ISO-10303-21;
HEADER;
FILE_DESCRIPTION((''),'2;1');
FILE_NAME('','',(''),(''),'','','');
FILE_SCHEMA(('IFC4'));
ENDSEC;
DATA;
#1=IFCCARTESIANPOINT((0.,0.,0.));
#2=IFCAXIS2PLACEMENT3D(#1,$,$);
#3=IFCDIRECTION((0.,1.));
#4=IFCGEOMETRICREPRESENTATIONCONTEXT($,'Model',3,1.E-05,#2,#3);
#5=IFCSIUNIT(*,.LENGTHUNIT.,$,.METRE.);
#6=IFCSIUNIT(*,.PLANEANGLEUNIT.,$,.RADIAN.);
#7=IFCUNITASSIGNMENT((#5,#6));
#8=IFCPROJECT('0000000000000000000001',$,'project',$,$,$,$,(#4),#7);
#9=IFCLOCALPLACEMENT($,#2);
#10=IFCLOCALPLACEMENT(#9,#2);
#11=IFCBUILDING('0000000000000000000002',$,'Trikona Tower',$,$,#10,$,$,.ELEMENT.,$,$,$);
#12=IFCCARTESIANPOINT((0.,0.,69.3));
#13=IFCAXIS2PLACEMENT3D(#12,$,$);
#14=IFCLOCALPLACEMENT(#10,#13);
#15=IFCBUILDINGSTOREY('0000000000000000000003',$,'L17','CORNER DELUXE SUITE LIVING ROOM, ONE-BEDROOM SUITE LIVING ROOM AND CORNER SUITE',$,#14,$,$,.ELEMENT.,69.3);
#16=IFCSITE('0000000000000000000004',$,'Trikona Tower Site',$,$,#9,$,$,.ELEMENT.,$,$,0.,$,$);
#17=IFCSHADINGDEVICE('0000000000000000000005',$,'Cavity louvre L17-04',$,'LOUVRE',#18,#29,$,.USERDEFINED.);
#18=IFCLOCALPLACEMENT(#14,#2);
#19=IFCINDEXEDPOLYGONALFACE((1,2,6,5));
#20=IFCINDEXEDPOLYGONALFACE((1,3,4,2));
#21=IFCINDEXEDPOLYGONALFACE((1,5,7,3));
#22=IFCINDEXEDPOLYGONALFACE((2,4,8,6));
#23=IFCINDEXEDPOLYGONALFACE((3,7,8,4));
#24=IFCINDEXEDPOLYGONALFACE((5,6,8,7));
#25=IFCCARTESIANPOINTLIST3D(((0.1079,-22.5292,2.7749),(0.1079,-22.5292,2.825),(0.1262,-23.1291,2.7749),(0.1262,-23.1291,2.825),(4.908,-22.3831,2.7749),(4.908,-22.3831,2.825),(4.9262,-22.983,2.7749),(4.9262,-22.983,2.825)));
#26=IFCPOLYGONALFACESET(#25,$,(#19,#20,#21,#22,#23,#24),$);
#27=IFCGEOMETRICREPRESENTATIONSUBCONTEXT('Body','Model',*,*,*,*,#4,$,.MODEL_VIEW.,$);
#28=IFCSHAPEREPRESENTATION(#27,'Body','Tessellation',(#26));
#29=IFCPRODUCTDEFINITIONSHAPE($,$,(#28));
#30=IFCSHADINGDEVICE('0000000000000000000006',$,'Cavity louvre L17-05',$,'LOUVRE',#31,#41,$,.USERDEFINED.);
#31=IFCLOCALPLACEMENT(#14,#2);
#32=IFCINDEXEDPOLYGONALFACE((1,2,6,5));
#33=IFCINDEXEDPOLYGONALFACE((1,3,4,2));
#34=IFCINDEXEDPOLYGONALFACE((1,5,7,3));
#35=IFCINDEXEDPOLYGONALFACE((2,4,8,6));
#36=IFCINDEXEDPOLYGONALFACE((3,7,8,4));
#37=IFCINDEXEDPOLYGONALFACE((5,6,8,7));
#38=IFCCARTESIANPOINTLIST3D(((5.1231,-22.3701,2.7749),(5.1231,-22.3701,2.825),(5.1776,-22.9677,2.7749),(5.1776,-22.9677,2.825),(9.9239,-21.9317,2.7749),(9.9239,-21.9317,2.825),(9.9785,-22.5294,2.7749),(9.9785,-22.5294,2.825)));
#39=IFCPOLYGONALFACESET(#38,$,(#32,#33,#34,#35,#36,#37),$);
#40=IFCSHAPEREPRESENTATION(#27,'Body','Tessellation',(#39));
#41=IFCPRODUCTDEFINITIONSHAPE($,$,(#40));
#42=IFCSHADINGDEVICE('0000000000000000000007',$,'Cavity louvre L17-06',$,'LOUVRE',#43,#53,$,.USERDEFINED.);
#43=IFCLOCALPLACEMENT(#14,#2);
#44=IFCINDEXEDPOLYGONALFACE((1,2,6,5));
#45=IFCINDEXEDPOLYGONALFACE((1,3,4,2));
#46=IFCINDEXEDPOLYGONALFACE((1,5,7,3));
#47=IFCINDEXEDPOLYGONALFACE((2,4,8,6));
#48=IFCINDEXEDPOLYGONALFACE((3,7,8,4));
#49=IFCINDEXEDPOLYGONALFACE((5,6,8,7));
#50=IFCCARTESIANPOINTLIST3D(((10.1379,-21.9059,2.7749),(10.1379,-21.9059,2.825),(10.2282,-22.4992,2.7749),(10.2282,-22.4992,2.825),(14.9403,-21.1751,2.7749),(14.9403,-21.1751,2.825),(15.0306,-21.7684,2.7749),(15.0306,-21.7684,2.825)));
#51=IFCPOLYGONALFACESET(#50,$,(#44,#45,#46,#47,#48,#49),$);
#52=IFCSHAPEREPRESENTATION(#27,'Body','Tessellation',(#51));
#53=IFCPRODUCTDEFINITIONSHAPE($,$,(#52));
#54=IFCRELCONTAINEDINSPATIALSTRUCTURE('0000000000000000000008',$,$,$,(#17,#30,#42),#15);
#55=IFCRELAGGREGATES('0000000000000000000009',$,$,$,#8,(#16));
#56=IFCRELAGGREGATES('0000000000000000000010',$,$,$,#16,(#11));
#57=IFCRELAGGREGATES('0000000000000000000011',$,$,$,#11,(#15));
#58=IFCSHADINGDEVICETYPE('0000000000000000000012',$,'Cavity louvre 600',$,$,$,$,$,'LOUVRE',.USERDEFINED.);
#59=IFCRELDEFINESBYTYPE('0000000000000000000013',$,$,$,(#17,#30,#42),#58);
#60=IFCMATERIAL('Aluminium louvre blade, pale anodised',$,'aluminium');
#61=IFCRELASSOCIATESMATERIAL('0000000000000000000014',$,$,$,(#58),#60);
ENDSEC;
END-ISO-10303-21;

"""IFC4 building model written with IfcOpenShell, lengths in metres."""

from ifc_helpers import new_model, si_unit, direction, frame, origin, origin_2d, place, context, subcontext, project, spatial, rectangle, extrude, material, type_object, element, save


model = new_model("IFC4")

# Units and contexts
model_context = context("Model", 3, precision=1e-05, world=origin(), true_north=direction((0.0, 1.0)))
body_context = subcontext(model_context, "Body", "Model", "MODEL_VIEW")
ifc_project = project(units=[si_unit("LENGTHUNIT", "METRE"), si_unit("PLANEANGLEUNIT", "RADIAN")], contexts=[model_context])

# Site, building, storey
site_placement = place(None, origin())
site = spatial("IfcSite", under=ifc_project, at=site_placement, Name="Trikona Tower Site", CompositionType="ELEMENT", RefElevation=0.0)
building_placement = place(site_placement, origin())
building = spatial("IfcBuilding", under=site, at=building_placement, Name="Trikona Tower", CompositionType="ELEMENT")
storey_placement = place(building_placement, frame((0.0, 0.0, 69.3)))
storey = spatial("IfcBuildingStorey", under=building, at=storey_placement, Name="L17", Description="CORNER DELUXE SUITE LIVING ROOM, ONE-BEDROOM SUITE LIVING ROOM AND CORNER SUITE", CompositionType="ELEMENT", Elevation=69.3)

# Shading devices
ifc_material_1 = material(Name="Aluminium louvre blade, pale anodised", Category="aluminium")
shading_device_type = type_object("IfcShadingDeviceType", Name="Cavity louvre 600", ElementType="LOUVRE", PredefinedType="USERDEFINED", material=ifc_material_1)
shading_device_1_placement = place(storey_placement, frame((2.5171, -22.7561, 2.7749), z_axis=(0.0, 0.0, 1.0), x_axis=(0.999537, 0.030425, 0.0)))
element("IfcShadingDevice", 1, at=shading_device_1_placement, inside=storey, type_object=shading_device_type, Name="Cavity louvre L17-04", ObjectType="LOUVRE", PredefinedType="USERDEFINED", context=body_context, shape_type="SweptSolid", body=[
    extrude(rectangle(XDim=4.8022, YDim=0.6001, at=origin_2d()), origin(), (0.0, 0.0, 1.0), 0.05),
])
shading_device_2_placement = place(storey_placement, frame((7.5508, -22.4497, 2.7749), z_axis=(0.0, 0.0, 1.0), x_axis=(0.995858, 0.090921, 0.0)))
element("IfcShadingDevice", 2, at=shading_device_2_placement, inside=storey, type_object=shading_device_type, Name="Cavity louvre L17-05", ObjectType="LOUVRE", PredefinedType="USERDEFINED", context=body_context, shape_type="SweptSolid", body=[
    extrude(rectangle(XDim=4.8208, YDim=0.6001, at=origin_2d()), origin(), (0.0, 0.0, 1.0), 0.05),
])
shading_device_3_placement = place(storey_placement, frame((12.5842, -21.8372, 2.7749), z_axis=(0.0, 0.0, 1.0), x_axis=(0.988618, 0.150448, 0.0)))
element("IfcShadingDevice", 3, at=shading_device_3_placement, inside=storey, type_object=shading_device_type, Name="Cavity louvre L17-06", ObjectType="LOUVRE", PredefinedType="USERDEFINED", context=body_context, shape_type="SweptSolid", body=[
    extrude(rectangle(XDim=4.8577, YDim=0.6001, at=origin_2d()), origin(), (0.0, 0.0, 1.0), 0.05),
])

save(model, "model.ifc")
